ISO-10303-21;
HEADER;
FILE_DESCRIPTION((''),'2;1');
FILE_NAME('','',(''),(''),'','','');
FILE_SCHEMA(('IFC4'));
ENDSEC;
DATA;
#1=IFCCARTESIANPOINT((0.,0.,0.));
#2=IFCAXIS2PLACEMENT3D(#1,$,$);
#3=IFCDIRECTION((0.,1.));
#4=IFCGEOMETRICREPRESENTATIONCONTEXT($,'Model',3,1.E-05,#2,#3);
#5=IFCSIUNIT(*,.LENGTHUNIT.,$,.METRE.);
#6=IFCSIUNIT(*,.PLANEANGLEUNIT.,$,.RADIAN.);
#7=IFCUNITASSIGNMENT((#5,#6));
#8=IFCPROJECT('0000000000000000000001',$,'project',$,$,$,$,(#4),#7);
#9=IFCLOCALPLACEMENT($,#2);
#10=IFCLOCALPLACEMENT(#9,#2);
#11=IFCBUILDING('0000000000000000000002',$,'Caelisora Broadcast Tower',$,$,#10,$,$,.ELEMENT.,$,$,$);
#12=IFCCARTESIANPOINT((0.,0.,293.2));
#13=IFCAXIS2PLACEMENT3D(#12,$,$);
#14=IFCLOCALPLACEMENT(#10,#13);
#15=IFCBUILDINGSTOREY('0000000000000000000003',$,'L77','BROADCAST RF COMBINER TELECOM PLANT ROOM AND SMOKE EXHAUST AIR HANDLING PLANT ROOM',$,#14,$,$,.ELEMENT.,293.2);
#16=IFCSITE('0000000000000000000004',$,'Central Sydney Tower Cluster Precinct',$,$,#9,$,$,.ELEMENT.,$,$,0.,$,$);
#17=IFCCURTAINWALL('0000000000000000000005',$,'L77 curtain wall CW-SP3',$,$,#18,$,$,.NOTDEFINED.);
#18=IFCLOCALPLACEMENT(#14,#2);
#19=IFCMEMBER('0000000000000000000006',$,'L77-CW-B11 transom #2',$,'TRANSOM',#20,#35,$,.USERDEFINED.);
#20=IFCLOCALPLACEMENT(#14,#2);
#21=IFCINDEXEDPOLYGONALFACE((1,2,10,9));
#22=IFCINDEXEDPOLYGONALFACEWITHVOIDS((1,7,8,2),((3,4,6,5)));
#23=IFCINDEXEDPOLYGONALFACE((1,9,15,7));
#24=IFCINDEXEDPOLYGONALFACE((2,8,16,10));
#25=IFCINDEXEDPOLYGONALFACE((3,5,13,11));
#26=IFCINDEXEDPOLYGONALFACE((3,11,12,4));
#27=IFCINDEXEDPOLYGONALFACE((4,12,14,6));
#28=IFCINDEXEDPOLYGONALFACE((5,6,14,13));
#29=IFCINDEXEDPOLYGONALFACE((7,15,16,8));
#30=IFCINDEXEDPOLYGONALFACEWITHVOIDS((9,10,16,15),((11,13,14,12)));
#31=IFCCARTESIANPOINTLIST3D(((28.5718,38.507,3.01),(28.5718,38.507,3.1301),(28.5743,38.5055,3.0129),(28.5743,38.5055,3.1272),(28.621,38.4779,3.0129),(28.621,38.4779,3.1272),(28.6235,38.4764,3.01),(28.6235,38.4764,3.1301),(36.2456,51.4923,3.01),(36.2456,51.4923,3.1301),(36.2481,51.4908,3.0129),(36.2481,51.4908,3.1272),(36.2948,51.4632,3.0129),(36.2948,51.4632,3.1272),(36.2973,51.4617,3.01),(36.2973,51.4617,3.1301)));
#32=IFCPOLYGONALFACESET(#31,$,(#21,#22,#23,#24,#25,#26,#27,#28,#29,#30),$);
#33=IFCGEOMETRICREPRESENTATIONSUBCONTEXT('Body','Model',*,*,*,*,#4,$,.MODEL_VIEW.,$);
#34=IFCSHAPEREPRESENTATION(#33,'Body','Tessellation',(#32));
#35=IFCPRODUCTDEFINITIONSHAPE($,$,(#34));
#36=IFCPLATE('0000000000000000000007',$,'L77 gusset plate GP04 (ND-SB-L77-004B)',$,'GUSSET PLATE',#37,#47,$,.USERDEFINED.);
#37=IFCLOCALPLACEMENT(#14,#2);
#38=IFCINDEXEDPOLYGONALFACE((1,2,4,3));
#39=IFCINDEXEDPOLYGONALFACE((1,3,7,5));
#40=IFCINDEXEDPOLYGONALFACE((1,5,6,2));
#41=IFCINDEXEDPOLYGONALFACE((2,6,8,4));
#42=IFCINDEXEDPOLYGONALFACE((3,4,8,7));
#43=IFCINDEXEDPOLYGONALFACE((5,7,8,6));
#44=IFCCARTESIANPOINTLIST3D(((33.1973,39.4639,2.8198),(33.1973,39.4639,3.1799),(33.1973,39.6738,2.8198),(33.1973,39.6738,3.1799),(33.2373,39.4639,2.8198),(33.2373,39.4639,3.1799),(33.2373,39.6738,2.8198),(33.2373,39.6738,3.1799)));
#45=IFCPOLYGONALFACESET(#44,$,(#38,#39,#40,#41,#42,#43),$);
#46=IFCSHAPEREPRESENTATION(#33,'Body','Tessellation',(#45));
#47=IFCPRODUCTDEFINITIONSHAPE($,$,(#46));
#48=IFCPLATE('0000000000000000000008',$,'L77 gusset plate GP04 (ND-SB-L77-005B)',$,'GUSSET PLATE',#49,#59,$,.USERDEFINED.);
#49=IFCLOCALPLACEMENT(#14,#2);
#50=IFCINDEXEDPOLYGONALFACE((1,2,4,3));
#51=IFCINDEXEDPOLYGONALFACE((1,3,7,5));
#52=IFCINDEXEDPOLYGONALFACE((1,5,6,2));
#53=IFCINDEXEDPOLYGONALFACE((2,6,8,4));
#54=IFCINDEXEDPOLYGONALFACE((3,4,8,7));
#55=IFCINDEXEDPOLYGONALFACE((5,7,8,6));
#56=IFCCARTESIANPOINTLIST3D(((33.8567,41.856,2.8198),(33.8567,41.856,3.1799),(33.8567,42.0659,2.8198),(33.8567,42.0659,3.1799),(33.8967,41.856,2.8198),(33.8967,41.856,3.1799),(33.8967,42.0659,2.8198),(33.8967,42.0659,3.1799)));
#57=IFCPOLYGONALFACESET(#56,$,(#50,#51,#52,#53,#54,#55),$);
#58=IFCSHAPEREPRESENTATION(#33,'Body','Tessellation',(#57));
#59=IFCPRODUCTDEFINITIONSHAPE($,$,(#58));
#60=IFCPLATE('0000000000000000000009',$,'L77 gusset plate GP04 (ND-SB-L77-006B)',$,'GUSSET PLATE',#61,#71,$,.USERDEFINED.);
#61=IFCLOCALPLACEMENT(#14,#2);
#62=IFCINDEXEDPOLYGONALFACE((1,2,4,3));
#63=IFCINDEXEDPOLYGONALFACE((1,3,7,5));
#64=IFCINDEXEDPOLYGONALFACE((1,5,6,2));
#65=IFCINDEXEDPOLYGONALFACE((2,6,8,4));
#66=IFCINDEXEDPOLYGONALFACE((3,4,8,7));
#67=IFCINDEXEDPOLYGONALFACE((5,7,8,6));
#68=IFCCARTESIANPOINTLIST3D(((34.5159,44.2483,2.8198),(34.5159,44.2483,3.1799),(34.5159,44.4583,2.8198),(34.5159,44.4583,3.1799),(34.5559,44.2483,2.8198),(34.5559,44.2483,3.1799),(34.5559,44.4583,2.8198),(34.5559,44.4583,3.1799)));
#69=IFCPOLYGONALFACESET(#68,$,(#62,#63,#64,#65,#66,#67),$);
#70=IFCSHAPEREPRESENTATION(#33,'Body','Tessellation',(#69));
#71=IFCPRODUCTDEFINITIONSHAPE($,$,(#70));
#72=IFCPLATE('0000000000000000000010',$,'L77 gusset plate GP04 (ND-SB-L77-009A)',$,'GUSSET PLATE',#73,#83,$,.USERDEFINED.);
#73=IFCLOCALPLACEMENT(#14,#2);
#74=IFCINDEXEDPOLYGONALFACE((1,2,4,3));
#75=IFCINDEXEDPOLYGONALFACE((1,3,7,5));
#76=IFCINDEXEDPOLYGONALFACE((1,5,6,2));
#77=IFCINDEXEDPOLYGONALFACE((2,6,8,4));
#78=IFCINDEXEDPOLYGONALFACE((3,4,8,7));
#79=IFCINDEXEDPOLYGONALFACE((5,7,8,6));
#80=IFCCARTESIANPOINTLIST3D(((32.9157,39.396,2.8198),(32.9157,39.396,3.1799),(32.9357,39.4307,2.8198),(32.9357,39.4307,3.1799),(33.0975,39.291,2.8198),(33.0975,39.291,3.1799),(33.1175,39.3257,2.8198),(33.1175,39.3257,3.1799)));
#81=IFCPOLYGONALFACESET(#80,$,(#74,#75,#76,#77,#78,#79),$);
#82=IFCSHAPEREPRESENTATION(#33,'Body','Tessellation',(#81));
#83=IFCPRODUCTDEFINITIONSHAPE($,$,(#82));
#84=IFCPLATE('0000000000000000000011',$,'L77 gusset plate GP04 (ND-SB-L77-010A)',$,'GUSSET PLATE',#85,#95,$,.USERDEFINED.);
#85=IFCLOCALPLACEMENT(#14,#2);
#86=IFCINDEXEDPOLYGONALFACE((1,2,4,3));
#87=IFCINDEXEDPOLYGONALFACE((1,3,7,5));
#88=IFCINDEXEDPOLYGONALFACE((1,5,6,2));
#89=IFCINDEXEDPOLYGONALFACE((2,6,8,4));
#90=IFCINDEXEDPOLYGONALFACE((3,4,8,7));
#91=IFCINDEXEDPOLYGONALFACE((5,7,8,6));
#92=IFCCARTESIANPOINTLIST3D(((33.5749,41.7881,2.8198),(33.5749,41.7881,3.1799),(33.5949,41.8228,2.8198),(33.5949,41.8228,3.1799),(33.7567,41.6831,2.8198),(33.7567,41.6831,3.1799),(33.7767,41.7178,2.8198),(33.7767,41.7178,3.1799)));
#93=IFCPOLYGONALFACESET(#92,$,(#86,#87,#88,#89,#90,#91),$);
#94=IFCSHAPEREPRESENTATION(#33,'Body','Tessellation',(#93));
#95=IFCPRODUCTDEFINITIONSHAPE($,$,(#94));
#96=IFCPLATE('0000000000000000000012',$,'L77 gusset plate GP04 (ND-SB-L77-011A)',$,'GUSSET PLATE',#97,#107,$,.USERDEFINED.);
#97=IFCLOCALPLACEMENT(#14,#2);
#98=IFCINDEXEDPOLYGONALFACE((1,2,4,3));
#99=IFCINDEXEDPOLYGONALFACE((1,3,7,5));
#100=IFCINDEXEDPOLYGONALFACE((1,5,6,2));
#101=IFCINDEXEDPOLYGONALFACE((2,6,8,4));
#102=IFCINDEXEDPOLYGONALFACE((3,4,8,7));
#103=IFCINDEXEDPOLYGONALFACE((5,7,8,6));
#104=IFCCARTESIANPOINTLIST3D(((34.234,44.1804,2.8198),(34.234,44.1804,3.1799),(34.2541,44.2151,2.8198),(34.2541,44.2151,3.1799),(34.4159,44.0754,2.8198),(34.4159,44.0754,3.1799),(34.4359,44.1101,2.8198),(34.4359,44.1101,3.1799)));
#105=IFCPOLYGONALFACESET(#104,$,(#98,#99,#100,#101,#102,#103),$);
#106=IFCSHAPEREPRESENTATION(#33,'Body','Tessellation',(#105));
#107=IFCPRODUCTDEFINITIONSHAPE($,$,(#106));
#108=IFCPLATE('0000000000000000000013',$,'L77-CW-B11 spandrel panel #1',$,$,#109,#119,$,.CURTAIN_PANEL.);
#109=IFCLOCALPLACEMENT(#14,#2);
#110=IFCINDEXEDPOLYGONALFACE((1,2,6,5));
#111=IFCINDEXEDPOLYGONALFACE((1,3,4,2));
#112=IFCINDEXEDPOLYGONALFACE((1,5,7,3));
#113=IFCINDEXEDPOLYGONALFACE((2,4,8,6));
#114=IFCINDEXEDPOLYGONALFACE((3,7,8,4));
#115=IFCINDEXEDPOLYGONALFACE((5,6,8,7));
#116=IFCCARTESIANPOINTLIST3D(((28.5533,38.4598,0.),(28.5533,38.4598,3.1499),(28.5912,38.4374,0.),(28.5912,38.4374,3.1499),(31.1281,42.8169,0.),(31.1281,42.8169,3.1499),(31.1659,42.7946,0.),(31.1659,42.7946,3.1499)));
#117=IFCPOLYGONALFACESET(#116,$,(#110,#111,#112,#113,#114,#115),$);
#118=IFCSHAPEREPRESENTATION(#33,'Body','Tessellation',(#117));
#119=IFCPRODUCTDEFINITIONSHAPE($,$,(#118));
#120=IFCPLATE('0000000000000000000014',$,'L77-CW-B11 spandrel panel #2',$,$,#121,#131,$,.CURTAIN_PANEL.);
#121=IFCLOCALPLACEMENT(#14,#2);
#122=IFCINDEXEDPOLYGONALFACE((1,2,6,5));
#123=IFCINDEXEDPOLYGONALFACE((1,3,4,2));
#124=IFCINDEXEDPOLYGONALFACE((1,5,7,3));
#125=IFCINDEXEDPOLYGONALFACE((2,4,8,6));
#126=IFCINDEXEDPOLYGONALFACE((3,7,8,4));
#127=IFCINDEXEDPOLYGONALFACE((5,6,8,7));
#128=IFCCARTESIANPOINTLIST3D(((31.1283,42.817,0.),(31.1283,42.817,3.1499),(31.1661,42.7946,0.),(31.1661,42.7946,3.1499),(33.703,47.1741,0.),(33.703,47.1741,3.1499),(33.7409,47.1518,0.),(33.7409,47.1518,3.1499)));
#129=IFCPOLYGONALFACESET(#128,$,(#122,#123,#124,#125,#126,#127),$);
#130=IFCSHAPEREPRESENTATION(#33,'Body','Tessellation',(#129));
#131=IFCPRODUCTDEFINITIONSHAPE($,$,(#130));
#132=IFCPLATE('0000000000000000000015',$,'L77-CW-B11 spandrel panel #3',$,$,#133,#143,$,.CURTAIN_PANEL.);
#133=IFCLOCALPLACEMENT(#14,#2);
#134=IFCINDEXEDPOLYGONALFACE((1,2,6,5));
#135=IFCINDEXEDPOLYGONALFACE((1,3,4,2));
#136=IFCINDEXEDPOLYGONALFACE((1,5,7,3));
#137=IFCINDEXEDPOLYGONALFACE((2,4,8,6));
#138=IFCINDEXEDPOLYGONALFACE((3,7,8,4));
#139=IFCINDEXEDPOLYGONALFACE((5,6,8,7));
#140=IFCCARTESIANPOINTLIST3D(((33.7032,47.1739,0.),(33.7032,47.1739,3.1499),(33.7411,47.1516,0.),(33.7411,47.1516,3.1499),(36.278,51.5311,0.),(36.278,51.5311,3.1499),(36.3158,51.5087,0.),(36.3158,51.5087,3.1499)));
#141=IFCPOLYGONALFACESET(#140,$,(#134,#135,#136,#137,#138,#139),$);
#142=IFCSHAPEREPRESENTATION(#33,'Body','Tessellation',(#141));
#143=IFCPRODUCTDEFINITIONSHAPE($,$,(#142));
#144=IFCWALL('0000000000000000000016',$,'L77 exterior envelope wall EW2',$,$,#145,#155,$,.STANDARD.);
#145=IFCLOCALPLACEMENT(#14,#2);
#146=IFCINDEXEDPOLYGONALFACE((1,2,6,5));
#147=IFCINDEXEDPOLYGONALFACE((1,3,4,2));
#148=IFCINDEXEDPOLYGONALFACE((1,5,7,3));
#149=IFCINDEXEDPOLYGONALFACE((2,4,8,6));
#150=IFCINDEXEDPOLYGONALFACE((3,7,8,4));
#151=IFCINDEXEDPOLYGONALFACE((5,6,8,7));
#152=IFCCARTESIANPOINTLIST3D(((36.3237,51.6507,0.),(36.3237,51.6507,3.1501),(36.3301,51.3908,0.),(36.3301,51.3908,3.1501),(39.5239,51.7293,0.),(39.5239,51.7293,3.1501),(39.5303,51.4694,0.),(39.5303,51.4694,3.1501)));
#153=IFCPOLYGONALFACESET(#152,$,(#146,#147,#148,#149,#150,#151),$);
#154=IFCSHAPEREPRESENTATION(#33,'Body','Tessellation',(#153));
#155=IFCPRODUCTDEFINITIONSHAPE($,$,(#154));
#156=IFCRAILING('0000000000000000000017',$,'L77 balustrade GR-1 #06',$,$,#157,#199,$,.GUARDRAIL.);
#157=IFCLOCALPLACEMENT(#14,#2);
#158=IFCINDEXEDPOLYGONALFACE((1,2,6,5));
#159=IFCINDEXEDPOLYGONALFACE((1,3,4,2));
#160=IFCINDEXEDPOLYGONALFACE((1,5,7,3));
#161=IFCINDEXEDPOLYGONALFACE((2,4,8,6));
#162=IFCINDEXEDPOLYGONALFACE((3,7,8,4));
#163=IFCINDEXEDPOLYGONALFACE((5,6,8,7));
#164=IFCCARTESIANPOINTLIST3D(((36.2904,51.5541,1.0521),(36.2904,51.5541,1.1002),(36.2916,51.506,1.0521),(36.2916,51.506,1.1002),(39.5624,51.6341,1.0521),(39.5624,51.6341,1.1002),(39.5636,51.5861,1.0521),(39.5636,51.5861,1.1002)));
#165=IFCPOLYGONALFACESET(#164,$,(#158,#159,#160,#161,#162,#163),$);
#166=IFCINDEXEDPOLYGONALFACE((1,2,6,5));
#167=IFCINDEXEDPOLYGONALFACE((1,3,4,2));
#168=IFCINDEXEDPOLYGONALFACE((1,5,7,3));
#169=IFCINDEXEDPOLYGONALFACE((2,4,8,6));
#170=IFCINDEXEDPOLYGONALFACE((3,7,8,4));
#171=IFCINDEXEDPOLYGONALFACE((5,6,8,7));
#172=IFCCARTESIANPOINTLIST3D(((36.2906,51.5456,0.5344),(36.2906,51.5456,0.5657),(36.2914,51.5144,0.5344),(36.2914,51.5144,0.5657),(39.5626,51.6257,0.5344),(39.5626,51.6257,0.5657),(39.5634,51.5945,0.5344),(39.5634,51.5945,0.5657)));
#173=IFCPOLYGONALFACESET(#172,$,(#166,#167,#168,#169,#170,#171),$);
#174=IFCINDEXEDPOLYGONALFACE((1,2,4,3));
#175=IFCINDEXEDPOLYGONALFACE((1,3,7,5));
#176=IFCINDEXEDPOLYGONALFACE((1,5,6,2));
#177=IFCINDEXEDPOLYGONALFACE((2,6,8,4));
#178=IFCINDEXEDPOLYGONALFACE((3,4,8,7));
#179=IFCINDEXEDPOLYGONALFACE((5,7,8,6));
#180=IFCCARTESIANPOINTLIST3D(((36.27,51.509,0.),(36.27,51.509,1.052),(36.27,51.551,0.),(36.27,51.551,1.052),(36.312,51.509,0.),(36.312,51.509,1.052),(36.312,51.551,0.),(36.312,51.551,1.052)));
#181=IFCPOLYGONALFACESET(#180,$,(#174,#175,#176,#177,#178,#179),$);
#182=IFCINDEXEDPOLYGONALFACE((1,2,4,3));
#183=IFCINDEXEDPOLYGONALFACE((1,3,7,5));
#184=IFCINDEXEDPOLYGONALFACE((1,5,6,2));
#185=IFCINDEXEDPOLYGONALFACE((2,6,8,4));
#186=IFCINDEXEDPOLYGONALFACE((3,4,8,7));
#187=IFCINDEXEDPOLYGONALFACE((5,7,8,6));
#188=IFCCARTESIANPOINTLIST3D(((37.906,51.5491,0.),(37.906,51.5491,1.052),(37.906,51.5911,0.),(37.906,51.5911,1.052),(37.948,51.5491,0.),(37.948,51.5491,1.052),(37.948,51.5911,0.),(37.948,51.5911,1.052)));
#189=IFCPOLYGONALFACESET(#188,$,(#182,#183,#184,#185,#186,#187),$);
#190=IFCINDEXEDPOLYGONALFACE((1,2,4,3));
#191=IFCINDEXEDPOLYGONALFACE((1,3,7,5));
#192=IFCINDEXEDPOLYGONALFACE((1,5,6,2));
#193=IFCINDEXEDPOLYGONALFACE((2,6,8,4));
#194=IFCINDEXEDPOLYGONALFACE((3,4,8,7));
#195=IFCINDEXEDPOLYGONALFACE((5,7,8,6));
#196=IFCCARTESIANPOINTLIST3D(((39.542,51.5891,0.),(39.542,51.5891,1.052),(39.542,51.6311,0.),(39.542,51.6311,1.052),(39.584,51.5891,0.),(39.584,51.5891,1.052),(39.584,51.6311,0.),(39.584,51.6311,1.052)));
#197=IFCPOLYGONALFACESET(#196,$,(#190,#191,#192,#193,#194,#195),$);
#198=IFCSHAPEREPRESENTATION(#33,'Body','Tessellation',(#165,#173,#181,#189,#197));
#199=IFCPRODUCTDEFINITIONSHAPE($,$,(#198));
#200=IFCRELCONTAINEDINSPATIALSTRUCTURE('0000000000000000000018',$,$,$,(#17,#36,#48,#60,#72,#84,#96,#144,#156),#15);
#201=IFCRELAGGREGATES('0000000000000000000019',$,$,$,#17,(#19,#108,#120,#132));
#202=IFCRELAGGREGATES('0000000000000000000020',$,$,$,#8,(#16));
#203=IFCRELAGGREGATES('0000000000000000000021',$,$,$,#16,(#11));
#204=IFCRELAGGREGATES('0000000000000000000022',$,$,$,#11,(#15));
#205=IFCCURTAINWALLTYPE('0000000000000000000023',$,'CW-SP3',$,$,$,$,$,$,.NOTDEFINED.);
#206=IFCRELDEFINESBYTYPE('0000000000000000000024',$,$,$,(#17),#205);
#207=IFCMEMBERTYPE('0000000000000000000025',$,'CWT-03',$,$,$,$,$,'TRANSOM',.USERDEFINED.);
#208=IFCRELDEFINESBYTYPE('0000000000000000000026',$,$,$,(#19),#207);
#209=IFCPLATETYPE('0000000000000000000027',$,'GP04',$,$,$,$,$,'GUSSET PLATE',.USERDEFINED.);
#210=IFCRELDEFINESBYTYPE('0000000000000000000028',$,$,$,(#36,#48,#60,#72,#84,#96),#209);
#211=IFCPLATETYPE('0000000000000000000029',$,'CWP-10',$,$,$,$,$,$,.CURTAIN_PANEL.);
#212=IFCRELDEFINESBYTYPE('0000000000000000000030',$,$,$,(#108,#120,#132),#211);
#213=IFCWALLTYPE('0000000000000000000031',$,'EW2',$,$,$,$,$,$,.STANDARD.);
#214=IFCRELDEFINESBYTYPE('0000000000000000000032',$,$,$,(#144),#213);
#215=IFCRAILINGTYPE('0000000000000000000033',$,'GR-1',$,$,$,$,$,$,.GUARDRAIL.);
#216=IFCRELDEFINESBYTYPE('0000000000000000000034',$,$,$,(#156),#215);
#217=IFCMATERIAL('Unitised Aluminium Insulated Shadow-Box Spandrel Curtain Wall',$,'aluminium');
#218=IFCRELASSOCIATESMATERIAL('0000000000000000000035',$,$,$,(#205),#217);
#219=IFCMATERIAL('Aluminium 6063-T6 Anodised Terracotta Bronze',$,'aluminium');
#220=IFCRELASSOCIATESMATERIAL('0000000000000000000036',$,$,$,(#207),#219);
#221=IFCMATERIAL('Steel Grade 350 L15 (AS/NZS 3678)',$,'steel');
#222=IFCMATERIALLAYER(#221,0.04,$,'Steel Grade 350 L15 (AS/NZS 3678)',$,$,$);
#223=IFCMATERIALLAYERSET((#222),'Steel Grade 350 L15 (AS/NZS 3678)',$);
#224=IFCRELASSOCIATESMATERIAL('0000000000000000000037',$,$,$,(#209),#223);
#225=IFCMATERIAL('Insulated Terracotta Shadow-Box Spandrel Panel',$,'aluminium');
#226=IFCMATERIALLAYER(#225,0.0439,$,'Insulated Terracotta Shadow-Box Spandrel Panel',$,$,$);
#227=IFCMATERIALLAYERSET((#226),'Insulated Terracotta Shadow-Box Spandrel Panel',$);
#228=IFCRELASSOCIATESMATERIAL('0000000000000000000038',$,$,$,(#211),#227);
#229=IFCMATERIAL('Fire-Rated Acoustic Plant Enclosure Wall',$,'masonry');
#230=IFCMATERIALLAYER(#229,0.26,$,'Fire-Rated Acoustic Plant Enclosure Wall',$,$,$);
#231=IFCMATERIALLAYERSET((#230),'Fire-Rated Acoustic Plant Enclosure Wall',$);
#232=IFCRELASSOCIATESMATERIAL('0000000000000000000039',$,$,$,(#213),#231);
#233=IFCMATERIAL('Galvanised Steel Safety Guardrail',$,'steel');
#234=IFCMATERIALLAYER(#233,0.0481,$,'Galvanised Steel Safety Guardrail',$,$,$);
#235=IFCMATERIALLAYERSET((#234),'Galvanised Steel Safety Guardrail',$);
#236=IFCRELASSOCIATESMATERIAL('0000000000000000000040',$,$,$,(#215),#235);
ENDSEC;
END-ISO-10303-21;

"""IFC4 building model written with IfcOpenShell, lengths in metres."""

from ifc_helpers import new_model, si_unit, direction, frame, frame_2d, origin, origin_2d, place, context, subcontext, project, spatial, rectangle, hollow_rectangle, extrude, source, transform, mapped, material, layer, layer_set, material_profile, profile_set, type_object, type_shapes, element, aggregate, save


model = new_model("IFC4")

# Units and contexts
model_context = context("Model", 3, precision=1e-05, world=origin(), true_north=direction((0.0, 1.0)))
body_context = subcontext(model_context, "Body", "Model", "MODEL_VIEW")
ifc_project = project(units=[si_unit("LENGTHUNIT", "METRE"), si_unit("PLANEANGLEUNIT", "RADIAN")], contexts=[model_context])

# Site, building, storey
site_placement = place(None, origin())
site = spatial("IfcSite", under=ifc_project, at=site_placement, Name="Central Sydney Tower Cluster Precinct", CompositionType="ELEMENT", RefElevation=0.0)
building_placement = place(site_placement, origin())
building = spatial("IfcBuilding", under=site, at=building_placement, Name="Caelisora Broadcast Tower", CompositionType="ELEMENT")
storey_placement = place(building_placement, frame((0.0, 0.0, 293.2)))
storey = spatial("IfcBuildingStorey", under=building, at=storey_placement, Name="L77", Description="BROADCAST RF COMBINER TELECOM PLANT ROOM AND SMOKE EXHAUST AIR HANDLING PLANT ROOM", CompositionType="ELEMENT", Elevation=293.2)

# Curtain wall, member
ifc_material_1 = material(Name="Unitised Aluminium Insulated Shadow-Box Spandrel Curtain Wall", Category="aluminium")
curtain_wall_type = type_object("IfcCurtainWallType", Name="CW-SP3", PredefinedType="NOTDEFINED", material=ifc_material_1)
curtain_wall_placement = place(storey_placement, origin())
curtain_wall = element("IfcCurtainWall", 1, at=curtain_wall_placement, inside=storey, type_object=curtain_wall_type, Name="L77 curtain wall CW-SP3", PredefinedType="NOTDEFINED")
ifc_material_2 = material(Name="Aluminium 6063-T6 Anodised Terracotta Bronze", Category="aluminium")
ifc_material_profile_1 = material_profile(ifc_material_2, hollow_rectangle(XDim=0.0601, YDim=0.1201, WallThickness=0.0029, at=origin_2d()), Name="Aluminium 6063-T6 Anodised Terracotta Bronze")
ifc_profile_set_1 = profile_set([ifc_material_profile_1], Name="Aluminium 6063-T6 Anodised Terracotta Bronze")
member_type_1 = type_object("IfcMemberType", Name="CWT-03", ElementType="TRANSOM", PredefinedType="USERDEFINED", material=ifc_profile_set_1)
shared_shape_1 = source(origin(), body_context, "Body", "SweptSolid", [
    extrude(hollow_rectangle(XDim=0.0601, YDim=0.1201, WallThickness=0.0029, at=origin_2d()), origin(), (0.0, 0.0, 1.0), 15.0833),
])
type_shapes(member_type_1, [shared_shape_1])
member_1_placement = place(storey_placement, frame((28.5977, 38.4917, 3.0701), z_axis=(0.508762, 0.860907, 0.0), x_axis=(-0.860907, 0.508762, 0.0)))
member_1 = element("IfcMember", 2, at=member_1_placement, type_object=member_type_1, Name="L77-CW-B11 transom #2", ObjectType="TRANSOM", PredefinedType="USERDEFINED", context=body_context, shape_type="MappedRepresentation", body=[
    mapped(shared_shape_1, transform((0.0, 0.0, 0.0), scale=1.0)),
])

# Plates
ifc_material_3 = material(Name="Steel Grade 350 L15 (AS/NZS 3678)", Category="steel")
ifc_layer_1 = layer(ifc_material_3, 0.04, Name="Steel Grade 350 L15 (AS/NZS 3678)")
ifc_layer_set_1 = layer_set([ifc_layer_1], Name="Steel Grade 350 L15 (AS/NZS 3678)")
plate_type_1 = type_object("IfcPlateType", Name="GP04", ElementType="GUSSET PLATE", PredefinedType="USERDEFINED", material=ifc_layer_set_1)
shared_shape_2 = source(origin(), body_context, "Body", "SweptSolid", [
    extrude(rectangle(XDim=0.21, YDim=0.04, at=origin_2d()), origin(), (0.0, 0.0, 1.0), 0.3601),
])
type_shapes(plate_type_1, [shared_shape_2])
for number, where, z_axis, x_axis, name in (
    (3, (33.2173, 39.5688, 2.8198), (0.0, 0.0, 1.0), (0.0, -1.0, 0.0), "L77 gusset plate GP04 (ND-SB-L77-004B)"),
    (4, (33.8767, 41.9609, 2.8198), (0.0, 0.0, 1.0), (0.0, -1.0, 0.0), "L77 gusset plate GP04 (ND-SB-L77-005B)"),
    (5, (34.5359, 44.3533, 2.8198), (0.0, 0.0, 1.0), (0.0, -1.0, 0.0), "L77 gusset plate GP04 (ND-SB-L77-006B)"),
    (6, (33.0166, 39.3608, 2.8198), (0.0, 0.0, 1.0), (0.866025, -0.5, 0.0), "L77 gusset plate GP04 (ND-SB-L77-009A)"),
    (7, (33.6758, 41.7529, 2.8198), (0.0, 0.0, 1.0), (0.866025, -0.5, 0.0), "L77 gusset plate GP04 (ND-SB-L77-010A)"),
    (8, (34.335, 44.1453, 2.8198), (0.0, 0.0, 1.0), (0.866025, -0.5, 0.0), "L77 gusset plate GP04 (ND-SB-L77-011A)"),
):
    element("IfcPlate", number, at=place(storey_placement, frame(where, z_axis=z_axis, x_axis=x_axis)), inside=storey, type_object=plate_type_1, Name=name, ObjectType="GUSSET PLATE", PredefinedType="USERDEFINED", context=body_context, shape_type="MappedRepresentation", body=[
        mapped(shared_shape_2, transform((0.0, 0.0, 0.0), scale=1.0)),
    ])

# Plates
ifc_material_4 = material(Name="Insulated Terracotta Shadow-Box Spandrel Panel", Category="aluminium")
ifc_layer_2 = layer(ifc_material_4, 0.0439, Name="Insulated Terracotta Shadow-Box Spandrel Panel")
ifc_layer_set_2 = layer_set([ifc_layer_2], Name="Insulated Terracotta Shadow-Box Spandrel Panel")
plate_type_2 = type_object("IfcPlateType", Name="CWP-10", PredefinedType="CURTAIN_PANEL", material=ifc_layer_set_2)
shared_shape_3 = source(origin(), body_context, "Body", "SweptSolid", [
    extrude(rectangle(XDim=5.061, YDim=0.0439, at=origin_2d()), origin(), (0.0, 0.0, 1.0), 3.1499),
])
type_shapes(plate_type_2, [shared_shape_3])
plate_1_placement = place(storey_placement, frame((29.8596, 40.6272, 0.0), z_axis=(0.0, 0.0, 1.0), x_axis=(0.508741, 0.86092, 0.0)))
plate_1 = element("IfcPlate", 9, at=plate_1_placement, type_object=plate_type_2, Name="L77-CW-B11 spandrel panel #1", PredefinedType="CURTAIN_PANEL", context=body_context, shape_type="MappedRepresentation", body=[
    mapped(shared_shape_3, transform((0.0, 0.0, 0.0), scale=1.0)),
])
plate_2_placement = place(storey_placement, frame((32.4346, 44.9844, 0.0), z_axis=(0.0, 0.0, 1.0), x_axis=(0.508741, 0.86092, 0.0)))
plate_2 = element("IfcPlate", 10, at=plate_2_placement, type_object=plate_type_2, Name="L77-CW-B11 spandrel panel #2", PredefinedType="CURTAIN_PANEL", context=body_context, shape_type="MappedRepresentation", body=[
    mapped(shared_shape_3, transform((0.0, 0.0, 0.0), scale=1.0)),
])
plate_3_placement = place(storey_placement, frame((35.0095, 49.3413, 0.0), z_axis=(0.0, 0.0, 1.0), x_axis=(0.508741, 0.86092, 0.0)))
plate_3 = element("IfcPlate", 11, at=plate_3_placement, type_object=plate_type_2, Name="L77-CW-B11 spandrel panel #3", PredefinedType="CURTAIN_PANEL", context=body_context, shape_type="MappedRepresentation", body=[
    mapped(shared_shape_3, transform((0.0, 0.0, 0.0), scale=1.0)),
])
aggregate(curtain_wall, [member_1, plate_1, plate_2, plate_3])

# Wall
ifc_material_5 = material(Name="Fire-Rated Acoustic Plant Enclosure Wall", Category="masonry")
ifc_layer_3 = layer(ifc_material_5, 0.26, Name="Fire-Rated Acoustic Plant Enclosure Wall")
ifc_layer_set_3 = layer_set([ifc_layer_3], Name="Fire-Rated Acoustic Plant Enclosure Wall")
wall_type = type_object("IfcWallType", Name="EW2", PredefinedType="STANDARD", material=ifc_layer_set_3)
wall_placement = place(storey_placement, frame((36.3269, 51.5208, 0.0), z_axis=(0.0, 0.0, 1.0), x_axis=(0.999698, 0.024558, 0.0)))
element("IfcWall", 12, at=wall_placement, inside=storey, type_object=wall_type, Name="L77 exterior envelope wall EW2", PredefinedType="STANDARD", context=body_context, shape_type="SweptSolid", body=[
    extrude(rectangle(XDim=3.2012, YDim=0.26, at=frame_2d((1.6006, 0.0))), origin(), (0.0, 0.0, 1.0), 3.1501),
])

# Railing
ifc_material_6 = material(Name="Galvanised Steel Safety Guardrail", Category="steel")
ifc_layer_4 = layer(ifc_material_6, 0.0481, Name="Galvanised Steel Safety Guardrail")
ifc_layer_set_4 = layer_set([ifc_layer_4], Name="Galvanised Steel Safety Guardrail")
railing_type = type_object("IfcRailingType", Name="GR-1", PredefinedType="GUARDRAIL", material=ifc_layer_set_4)
railing_placement = place(storey_placement, frame((36.291, 51.53, 0.0)))
element("IfcRailing", 13, at=railing_placement, inside=storey, type_object=railing_type, Name="L77 balustrade GR-1 #06", PredefinedType="GUARDRAIL", context=body_context, shape_type="SweptSolid", body=[
    extrude(rectangle(XDim=0.0481, YDim=0.0481, at=origin_2d()), frame((0.0, 0.0, 1.0762), z_axis=(0.999701, 0.024467, 0.0), x_axis=(-0.024467, 0.999701, 0.0)), (0.0, 0.0, 1.0), 3.2729),
    extrude(rectangle(XDim=0.0312, YDim=0.0312, at=origin_2d()), frame((0.0, 0.0, 0.55), z_axis=(0.999701, 0.024467, 0.0), x_axis=(-0.024467, 0.999701, 0.0)), (0.0, 0.0, 1.0), 3.2729),
    extrude(rectangle(XDim=0.042, YDim=0.042, at=origin_2d()), origin(), (0.0, 0.0, 1.0), 1.052),
    extrude(rectangle(XDim=0.042, YDim=0.042, at=origin_2d()), frame((1.636, 0.04, 0.0)), (0.0, 0.0, 1.0), 1.052),
    extrude(rectangle(XDim=0.042, YDim=0.042, at=origin_2d()), frame((3.272, 0.0801, 0.0)), (0.0, 0.0, 1.0), 1.052),
])

save(model, "model.ifc")
